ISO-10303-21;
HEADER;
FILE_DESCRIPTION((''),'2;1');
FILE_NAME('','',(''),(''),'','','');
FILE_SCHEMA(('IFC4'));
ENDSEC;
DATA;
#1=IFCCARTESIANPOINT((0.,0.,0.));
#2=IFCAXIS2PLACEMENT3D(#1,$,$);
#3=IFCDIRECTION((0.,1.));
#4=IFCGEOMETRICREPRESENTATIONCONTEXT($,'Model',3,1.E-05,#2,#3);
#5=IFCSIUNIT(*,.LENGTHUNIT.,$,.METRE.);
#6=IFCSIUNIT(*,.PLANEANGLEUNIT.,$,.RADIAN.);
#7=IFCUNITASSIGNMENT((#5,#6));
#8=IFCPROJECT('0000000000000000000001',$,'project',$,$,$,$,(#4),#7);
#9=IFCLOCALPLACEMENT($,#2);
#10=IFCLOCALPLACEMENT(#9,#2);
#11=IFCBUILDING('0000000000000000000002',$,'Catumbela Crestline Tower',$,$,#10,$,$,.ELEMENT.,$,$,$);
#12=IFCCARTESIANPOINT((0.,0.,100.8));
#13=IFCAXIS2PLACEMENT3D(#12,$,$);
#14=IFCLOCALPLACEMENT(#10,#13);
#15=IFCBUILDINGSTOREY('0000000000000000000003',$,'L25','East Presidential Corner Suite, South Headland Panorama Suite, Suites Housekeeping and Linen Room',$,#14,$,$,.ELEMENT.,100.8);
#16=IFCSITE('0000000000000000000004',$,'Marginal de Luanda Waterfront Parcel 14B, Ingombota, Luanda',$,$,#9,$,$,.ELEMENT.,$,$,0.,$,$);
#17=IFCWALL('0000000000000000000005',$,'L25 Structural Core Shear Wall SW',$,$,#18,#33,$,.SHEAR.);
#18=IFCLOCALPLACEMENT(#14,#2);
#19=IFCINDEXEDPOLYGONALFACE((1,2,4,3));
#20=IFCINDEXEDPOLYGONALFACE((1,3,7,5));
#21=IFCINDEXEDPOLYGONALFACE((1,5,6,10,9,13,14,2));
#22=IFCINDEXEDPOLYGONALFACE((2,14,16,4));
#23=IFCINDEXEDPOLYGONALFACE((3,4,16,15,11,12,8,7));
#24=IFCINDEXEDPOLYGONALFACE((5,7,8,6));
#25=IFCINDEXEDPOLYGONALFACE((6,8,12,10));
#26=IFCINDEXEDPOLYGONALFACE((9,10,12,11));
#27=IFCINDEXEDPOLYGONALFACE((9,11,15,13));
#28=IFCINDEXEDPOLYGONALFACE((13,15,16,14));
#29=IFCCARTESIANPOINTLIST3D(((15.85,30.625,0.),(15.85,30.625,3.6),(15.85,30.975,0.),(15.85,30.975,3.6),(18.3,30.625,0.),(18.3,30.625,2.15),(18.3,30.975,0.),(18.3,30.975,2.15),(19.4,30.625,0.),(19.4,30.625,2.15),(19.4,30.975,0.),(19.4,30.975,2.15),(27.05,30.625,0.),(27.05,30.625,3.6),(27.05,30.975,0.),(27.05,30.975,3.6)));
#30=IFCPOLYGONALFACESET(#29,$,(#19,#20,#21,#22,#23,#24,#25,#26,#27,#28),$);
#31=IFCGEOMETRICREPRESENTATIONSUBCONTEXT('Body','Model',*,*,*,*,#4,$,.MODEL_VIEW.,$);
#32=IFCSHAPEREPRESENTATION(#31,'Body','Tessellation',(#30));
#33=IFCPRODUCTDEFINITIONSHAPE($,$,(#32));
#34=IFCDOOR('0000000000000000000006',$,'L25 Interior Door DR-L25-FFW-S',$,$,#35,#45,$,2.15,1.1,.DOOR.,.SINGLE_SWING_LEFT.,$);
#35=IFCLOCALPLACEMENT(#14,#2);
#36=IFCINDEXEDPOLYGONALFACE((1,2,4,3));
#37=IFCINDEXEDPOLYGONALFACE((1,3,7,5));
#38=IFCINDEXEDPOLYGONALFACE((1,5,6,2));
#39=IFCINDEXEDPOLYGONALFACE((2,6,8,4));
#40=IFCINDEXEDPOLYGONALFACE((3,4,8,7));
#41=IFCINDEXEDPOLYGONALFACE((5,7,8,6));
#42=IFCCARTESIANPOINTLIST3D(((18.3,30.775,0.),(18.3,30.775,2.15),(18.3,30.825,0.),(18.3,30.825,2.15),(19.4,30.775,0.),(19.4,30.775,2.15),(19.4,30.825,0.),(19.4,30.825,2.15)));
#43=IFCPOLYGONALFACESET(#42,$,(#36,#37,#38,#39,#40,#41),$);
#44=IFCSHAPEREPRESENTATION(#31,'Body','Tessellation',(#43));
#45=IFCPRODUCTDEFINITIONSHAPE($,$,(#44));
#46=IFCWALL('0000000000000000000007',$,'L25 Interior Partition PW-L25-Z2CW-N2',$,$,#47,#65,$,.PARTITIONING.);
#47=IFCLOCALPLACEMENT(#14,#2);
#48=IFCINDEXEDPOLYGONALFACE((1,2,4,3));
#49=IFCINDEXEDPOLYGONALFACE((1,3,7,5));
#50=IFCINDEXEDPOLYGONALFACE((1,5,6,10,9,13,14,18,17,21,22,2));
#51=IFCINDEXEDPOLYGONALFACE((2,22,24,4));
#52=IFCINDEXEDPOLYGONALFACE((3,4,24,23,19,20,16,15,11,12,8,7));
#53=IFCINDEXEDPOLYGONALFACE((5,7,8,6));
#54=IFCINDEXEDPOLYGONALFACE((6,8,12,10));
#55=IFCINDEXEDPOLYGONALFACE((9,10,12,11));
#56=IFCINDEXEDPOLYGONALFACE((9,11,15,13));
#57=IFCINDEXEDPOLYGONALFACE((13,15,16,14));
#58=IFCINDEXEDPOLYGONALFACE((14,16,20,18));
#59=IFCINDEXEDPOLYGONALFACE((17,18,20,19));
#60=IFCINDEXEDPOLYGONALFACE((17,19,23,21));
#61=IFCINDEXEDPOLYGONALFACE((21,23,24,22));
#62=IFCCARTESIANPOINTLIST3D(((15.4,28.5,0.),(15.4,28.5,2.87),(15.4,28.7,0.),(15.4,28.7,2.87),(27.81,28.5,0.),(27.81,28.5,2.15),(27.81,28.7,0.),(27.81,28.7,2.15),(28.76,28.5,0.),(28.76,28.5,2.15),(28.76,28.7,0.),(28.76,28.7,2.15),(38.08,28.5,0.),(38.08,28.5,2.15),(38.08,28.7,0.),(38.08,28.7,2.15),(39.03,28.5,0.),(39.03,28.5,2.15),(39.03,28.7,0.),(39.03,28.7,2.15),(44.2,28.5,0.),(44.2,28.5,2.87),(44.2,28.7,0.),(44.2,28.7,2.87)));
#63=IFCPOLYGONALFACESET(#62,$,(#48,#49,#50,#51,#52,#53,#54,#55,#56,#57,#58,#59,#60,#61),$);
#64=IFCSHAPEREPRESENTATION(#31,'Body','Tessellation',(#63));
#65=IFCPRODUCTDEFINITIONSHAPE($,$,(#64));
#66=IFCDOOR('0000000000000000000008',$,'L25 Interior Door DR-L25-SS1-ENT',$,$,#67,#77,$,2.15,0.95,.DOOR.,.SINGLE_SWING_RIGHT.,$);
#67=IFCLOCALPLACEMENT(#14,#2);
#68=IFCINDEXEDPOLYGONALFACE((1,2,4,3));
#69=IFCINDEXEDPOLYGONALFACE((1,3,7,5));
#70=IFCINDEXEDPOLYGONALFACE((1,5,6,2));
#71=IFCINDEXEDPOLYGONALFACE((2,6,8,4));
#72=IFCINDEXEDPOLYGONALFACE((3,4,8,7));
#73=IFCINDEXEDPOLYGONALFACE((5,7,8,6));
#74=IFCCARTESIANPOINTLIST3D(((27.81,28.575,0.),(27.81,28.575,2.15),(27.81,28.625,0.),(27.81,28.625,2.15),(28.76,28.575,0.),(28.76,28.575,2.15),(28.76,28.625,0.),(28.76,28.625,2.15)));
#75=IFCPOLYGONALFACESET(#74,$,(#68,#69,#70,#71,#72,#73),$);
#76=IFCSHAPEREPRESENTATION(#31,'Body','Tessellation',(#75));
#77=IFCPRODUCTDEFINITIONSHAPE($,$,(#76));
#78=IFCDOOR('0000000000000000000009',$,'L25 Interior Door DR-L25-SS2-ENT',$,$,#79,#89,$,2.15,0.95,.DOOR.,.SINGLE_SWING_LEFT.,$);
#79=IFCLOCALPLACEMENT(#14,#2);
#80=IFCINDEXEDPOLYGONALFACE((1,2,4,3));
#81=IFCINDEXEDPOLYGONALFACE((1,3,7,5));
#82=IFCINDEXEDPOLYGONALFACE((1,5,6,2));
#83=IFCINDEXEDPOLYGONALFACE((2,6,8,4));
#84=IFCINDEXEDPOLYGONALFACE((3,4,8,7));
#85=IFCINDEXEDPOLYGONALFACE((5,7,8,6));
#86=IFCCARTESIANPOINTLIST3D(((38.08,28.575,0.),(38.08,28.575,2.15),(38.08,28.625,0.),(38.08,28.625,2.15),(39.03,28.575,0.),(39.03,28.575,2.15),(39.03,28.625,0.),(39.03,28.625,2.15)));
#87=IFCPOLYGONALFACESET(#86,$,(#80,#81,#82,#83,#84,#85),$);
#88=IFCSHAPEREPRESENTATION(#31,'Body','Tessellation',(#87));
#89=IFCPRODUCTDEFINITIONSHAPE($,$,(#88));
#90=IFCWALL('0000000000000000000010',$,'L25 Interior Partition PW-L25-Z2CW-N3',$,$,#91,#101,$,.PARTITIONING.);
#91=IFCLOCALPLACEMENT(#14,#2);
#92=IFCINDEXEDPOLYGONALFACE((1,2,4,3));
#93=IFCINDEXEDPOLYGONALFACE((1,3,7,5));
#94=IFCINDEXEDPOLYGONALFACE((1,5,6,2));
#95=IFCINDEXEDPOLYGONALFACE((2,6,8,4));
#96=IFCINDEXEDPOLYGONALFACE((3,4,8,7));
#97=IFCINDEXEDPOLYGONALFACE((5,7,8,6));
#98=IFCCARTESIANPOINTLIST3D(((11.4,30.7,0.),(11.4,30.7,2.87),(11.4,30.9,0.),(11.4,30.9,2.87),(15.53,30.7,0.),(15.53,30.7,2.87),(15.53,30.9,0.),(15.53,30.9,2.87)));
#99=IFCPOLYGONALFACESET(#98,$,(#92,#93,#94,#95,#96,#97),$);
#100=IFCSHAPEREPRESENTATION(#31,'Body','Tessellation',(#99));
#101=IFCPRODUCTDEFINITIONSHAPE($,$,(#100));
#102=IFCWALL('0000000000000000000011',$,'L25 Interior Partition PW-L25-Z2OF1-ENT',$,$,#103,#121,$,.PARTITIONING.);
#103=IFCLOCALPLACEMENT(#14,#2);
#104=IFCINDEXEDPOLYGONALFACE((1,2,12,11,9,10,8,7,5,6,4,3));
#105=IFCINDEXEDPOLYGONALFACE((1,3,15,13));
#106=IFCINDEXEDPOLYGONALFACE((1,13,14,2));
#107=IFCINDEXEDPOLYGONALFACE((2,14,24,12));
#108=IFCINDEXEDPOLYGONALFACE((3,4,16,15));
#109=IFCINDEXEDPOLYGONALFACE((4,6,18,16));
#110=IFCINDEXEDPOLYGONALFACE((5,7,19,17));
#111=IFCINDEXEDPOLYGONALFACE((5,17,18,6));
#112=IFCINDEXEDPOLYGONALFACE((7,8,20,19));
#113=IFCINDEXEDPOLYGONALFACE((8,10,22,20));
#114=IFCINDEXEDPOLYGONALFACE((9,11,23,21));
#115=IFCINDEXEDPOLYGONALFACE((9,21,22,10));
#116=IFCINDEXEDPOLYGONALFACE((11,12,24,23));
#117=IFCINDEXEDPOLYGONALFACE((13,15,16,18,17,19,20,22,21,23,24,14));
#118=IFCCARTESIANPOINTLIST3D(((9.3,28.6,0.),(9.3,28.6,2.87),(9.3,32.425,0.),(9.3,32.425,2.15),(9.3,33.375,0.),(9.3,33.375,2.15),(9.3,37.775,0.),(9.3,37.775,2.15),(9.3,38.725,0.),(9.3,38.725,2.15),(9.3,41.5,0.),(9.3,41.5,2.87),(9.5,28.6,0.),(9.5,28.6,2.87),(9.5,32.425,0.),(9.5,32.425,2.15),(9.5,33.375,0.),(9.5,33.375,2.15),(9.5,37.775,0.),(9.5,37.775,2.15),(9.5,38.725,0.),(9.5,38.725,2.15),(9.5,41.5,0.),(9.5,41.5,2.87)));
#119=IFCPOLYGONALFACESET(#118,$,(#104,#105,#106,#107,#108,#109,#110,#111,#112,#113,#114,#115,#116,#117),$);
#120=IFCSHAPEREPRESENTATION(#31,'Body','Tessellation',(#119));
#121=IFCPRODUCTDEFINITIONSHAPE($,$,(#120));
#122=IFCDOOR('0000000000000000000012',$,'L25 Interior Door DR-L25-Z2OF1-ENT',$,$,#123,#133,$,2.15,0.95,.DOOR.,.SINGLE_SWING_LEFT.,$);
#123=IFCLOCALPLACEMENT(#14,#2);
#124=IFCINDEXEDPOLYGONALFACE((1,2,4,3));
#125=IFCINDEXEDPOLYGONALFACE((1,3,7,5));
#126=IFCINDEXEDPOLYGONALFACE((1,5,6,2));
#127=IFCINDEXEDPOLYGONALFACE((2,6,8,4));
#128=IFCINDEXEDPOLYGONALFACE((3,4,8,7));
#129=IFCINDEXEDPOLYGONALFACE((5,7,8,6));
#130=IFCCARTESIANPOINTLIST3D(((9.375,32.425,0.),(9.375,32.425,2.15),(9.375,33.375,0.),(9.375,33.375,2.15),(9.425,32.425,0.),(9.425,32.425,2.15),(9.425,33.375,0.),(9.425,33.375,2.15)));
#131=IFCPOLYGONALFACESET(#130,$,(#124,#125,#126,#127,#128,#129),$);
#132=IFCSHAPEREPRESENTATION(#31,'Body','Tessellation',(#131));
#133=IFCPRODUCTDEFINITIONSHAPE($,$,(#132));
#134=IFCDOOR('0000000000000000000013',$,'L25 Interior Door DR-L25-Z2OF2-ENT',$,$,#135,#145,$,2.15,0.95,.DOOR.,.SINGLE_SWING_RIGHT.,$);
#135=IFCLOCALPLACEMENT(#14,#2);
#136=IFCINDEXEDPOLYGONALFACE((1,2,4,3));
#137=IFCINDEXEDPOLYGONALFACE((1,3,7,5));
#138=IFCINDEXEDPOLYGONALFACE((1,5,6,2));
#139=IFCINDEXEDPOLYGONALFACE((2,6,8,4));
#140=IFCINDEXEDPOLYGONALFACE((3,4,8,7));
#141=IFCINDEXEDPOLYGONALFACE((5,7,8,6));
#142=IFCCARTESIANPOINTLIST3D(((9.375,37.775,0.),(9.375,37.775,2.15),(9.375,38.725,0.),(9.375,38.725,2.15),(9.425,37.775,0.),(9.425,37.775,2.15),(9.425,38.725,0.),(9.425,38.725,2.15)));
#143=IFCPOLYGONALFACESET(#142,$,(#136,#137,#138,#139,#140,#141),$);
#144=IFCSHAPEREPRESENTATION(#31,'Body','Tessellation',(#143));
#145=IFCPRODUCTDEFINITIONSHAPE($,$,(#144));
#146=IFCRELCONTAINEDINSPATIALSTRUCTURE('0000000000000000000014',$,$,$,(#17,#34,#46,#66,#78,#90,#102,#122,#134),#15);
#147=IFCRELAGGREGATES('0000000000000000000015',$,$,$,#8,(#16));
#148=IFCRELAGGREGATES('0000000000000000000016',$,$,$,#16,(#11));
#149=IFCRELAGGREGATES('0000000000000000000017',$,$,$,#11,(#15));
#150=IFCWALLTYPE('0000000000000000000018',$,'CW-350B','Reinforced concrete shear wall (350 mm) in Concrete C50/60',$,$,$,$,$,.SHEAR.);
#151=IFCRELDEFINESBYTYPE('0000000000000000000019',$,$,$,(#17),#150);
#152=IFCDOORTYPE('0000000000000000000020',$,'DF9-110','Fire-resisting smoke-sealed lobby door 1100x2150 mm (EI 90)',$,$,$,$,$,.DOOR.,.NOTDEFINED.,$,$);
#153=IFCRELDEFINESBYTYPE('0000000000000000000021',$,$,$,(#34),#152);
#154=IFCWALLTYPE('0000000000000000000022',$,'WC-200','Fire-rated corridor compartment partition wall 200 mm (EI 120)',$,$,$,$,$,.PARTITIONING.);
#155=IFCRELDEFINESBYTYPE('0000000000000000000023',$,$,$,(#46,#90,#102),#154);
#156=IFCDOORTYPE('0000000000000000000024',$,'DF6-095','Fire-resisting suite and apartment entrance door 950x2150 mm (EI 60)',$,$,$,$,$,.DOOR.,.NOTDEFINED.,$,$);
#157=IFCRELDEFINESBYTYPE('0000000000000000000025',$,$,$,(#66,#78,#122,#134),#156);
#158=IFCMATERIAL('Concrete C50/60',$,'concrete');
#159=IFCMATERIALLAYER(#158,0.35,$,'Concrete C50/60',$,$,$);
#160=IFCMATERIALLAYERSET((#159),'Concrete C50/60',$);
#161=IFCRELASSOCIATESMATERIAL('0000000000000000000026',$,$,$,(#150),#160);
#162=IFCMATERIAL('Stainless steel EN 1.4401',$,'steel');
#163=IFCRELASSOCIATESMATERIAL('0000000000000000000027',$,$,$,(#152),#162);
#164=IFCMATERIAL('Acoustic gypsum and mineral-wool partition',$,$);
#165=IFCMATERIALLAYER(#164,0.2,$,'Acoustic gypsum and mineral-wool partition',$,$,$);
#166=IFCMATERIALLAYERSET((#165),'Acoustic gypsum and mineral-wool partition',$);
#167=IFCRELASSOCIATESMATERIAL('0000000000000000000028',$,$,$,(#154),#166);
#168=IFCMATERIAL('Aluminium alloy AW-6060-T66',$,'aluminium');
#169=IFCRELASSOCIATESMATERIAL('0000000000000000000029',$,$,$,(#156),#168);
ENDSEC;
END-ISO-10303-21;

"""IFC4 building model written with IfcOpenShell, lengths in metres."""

from ifc_helpers import new_model, si_unit, direction, frame, frame_2d, origin, place, context, subcontext, project, spatial, rectangle, extrude, material, layer, layer_set, type_object, element, fill, save


model = new_model("IFC4")

# Units and contexts
model_context = context("Model", 3, precision=1e-05, world=origin(), true_north=direction((0.0, 1.0)))
body_context = subcontext(model_context, "Body", "Model", "MODEL_VIEW")
ifc_project = project(units=[si_unit("LENGTHUNIT", "METRE"), si_unit("PLANEANGLEUNIT", "RADIAN")], contexts=[model_context])

# Site, building, storey
site_placement = place(None, origin())
site = spatial("IfcSite", under=ifc_project, at=site_placement, Name="Marginal de Luanda Waterfront Parcel 14B, Ingombota, Luanda", CompositionType="ELEMENT", RefElevation=0.0)
building_placement = place(site_placement, origin())
building = spatial("IfcBuilding", under=site, at=building_placement, Name="Catumbela Crestline Tower", CompositionType="ELEMENT")
storey_placement = place(building_placement, frame((0.0, 0.0, 100.8)))
storey = spatial("IfcBuildingStorey", under=building, at=storey_placement, Name="L25", Description="East Presidential Corner Suite, South Headland Panorama Suite, Suites Housekeeping and Linen Room", CompositionType="ELEMENT", Elevation=100.8)

# Shared definitions
ifc_material_1 = material(Name="Concrete C50/60", Category="concrete")

# Shared definitions
ifc_material_2 = material(Name="Stainless steel EN 1.4401", Category="steel")

# Shared definitions
ifc_layer_1 = layer(ifc_material_1, 0.35, Name="Concrete C50/60")
ifc_layer_set_1 = layer_set([ifc_layer_1], Name="Concrete C50/60")
wall_type_1 = type_object("IfcWallType", Name="CW-350B", Description="Reinforced concrete shear wall (350 mm) in Concrete C50/60", PredefinedType="SHEAR", material=ifc_layer_set_1)

# Wall, opening, door
wall_1_placement = place(storey_placement, frame((15.85, 30.8, 0.0), z_axis=(0.0, 0.0, 1.0), x_axis=(1.0, 0.0, 0.0)))
wall_1 = element("IfcWall", 1, at=wall_1_placement, inside=storey, type_object=wall_type_1, Name="L25 Structural Core Shear Wall SW", PredefinedType="SHEAR", context=body_context, shape_type="SweptSolid", body=[
    extrude(rectangle(XDim=11.2, YDim=0.35, at=frame_2d((5.6, 0.0))), origin(), (0.0, 0.0, 1.0), 3.6),
])
opening_1_placement = place(wall_1_placement, frame((2.45, 0.0, 0.0)))
opening_1 = element("IfcOpeningElement", 2, at=opening_1_placement, cuts=wall_1, PredefinedType="OPENING", context=body_context, shape_type="SweptSolid", body=[
    extrude(rectangle(XDim=1.1, YDim=2.15, at=frame_2d((0.55, 1.075))), frame((0.0, 0.185, 0.0), z_axis=(0.0, -1.0, 0.0), x_axis=(1.0, 0.0, 0.0)), (0.0, 0.0, 1.0), 0.37),
])
door_type_1 = type_object("IfcDoorType", Name="DF9-110", Description="Fire-resisting smoke-sealed lobby door 1100x2150 mm (EI 90)", OperationType="NOTDEFINED", PredefinedType="DOOR", material=ifc_material_2)
door_1_placement = place(opening_1_placement, origin())
door_1 = element("IfcDoor", 3, at=door_1_placement, inside=storey, type_object=door_type_1, Name="L25 Interior Door DR-L25-FFW-S", OperationType="SINGLE_SWING_LEFT", OverallHeight=2.15, OverallWidth=1.1, PredefinedType="DOOR", context=body_context, shape_type="SweptSolid", body=[
    extrude(rectangle(XDim=1.1, YDim=2.15, at=frame_2d((0.55, 1.075))), frame((0.0, 0.025, 0.0), z_axis=(0.0, -1.0, 0.0), x_axis=(1.0, 0.0, 0.0)), (0.0, 0.0, 1.0), 0.05),
])
fill(opening_1, door_1)

# Wall, openings, doors
ifc_material_3 = material(Name="Acoustic gypsum and mineral-wool partition")
ifc_layer_2 = layer(ifc_material_3, 0.2, Name="Acoustic gypsum and mineral-wool partition")
ifc_layer_set_2 = layer_set([ifc_layer_2], Name="Acoustic gypsum and mineral-wool partition")
wall_type_2 = type_object("IfcWallType", Name="WC-200", Description="Fire-rated corridor compartment partition wall 200 mm (EI 120)", PredefinedType="PARTITIONING", material=ifc_layer_set_2)
wall_2_placement = place(storey_placement, frame((15.4, 28.6, 0.0), z_axis=(0.0, 0.0, 1.0), x_axis=(1.0, 0.0, 0.0)))
wall_2 = element("IfcWall", 4, at=wall_2_placement, inside=storey, type_object=wall_type_2, Name="L25 Interior Partition PW-L25-Z2CW-N2", PredefinedType="PARTITIONING", context=body_context, shape_type="SweptSolid", body=[
    extrude(rectangle(XDim=28.8, YDim=0.2, at=frame_2d((14.4, 0.0))), origin(), (0.0, 0.0, 1.0), 2.87),
])
opening_2_placement = place(wall_2_placement, frame((12.41, 0.0, 0.0)))
opening_2 = element("IfcOpeningElement", 5, at=opening_2_placement, cuts=wall_2, PredefinedType="OPENING", context=body_context, shape_type="SweptSolid", body=[
    extrude(rectangle(XDim=0.95, YDim=2.15, at=frame_2d((0.475, 1.075))), frame((0.0, 0.11, 0.0), z_axis=(0.0, -1.0, 0.0), x_axis=(1.0, 0.0, 0.0)), (0.0, 0.0, 1.0), 0.22),
])
opening_3_placement = place(wall_2_placement, frame((22.68, 0.0, 0.0)))
opening_3 = element("IfcOpeningElement", 6, at=opening_3_placement, cuts=wall_2, PredefinedType="OPENING", context=body_context, shape_type="SweptSolid", body=[
    extrude(rectangle(XDim=0.95, YDim=2.15, at=frame_2d((0.475, 1.075))), frame((0.0, 0.11, 0.0), z_axis=(0.0, -1.0, 0.0), x_axis=(1.0, 0.0, 0.0)), (0.0, 0.0, 1.0), 0.22),
])
ifc_material_4 = material(Name="Aluminium alloy AW-6060-T66", Category="aluminium")
door_type_2 = type_object("IfcDoorType", Name="DF6-095", Description="Fire-resisting suite and apartment entrance door 950x2150 mm (EI 60)", OperationType="NOTDEFINED", PredefinedType="DOOR", material=ifc_material_4)
door_2_placement = place(opening_2_placement, origin())
door_2 = element("IfcDoor", 7, at=door_2_placement, inside=storey, type_object=door_type_2, Name="L25 Interior Door DR-L25-SS1-ENT", OperationType="SINGLE_SWING_RIGHT", OverallHeight=2.15, OverallWidth=0.95, PredefinedType="DOOR", context=body_context, shape_type="SweptSolid", body=[
    extrude(rectangle(XDim=0.95, YDim=2.15, at=frame_2d((0.475, 1.075))), frame((0.0, 0.025, 0.0), z_axis=(0.0, -1.0, 0.0), x_axis=(1.0, 0.0, 0.0)), (0.0, 0.0, 1.0), 0.05),
])
fill(opening_2, door_2)
door_3_placement = place(opening_3_placement, origin())
door_3 = element("IfcDoor", 8, at=door_3_placement, inside=storey, type_object=door_type_2, Name="L25 Interior Door DR-L25-SS2-ENT", OperationType="SINGLE_SWING_LEFT", OverallHeight=2.15, OverallWidth=0.95, PredefinedType="DOOR", context=body_context, shape_type="SweptSolid", body=[
    extrude(rectangle(XDim=0.95, YDim=2.15, at=frame_2d((0.475, 1.075))), frame((0.0, 0.025, 0.0), z_axis=(0.0, -1.0, 0.0), x_axis=(1.0, 0.0, 0.0)), (0.0, 0.0, 1.0), 0.05),
])
fill(opening_3, door_3)

# Wall
wall_3_placement = place(storey_placement, frame((11.4, 30.8, 0.0), z_axis=(0.0, 0.0, 1.0), x_axis=(1.0, 0.0, 0.0)))
element("IfcWall", 9, at=wall_3_placement, inside=storey, type_object=wall_type_2, Name="L25 Interior Partition PW-L25-Z2CW-N3", PredefinedType="PARTITIONING", context=body_context, shape_type="SweptSolid", body=[
    extrude(rectangle(XDim=4.13, YDim=0.2, at=frame_2d((2.065, 0.0))), origin(), (0.0, 0.0, 1.0), 2.87),
])

# Wall, openings, doors
wall_4_placement = place(storey_placement, frame((9.4, 28.6, 0.0), z_axis=(0.0, 0.0, 1.0), x_axis=(0.0, 1.0, 0.0)))
wall_4 = element("IfcWall", 10, at=wall_4_placement, inside=storey, type_object=wall_type_2, Name="L25 Interior Partition PW-L25-Z2OF1-ENT", PredefinedType="PARTITIONING", context=body_context, shape_type="SweptSolid", body=[
    extrude(rectangle(XDim=12.9, YDim=0.2, at=frame_2d((6.45, 0.0))), origin(), (0.0, 0.0, 1.0), 2.87),
])
opening_4_placement = place(wall_4_placement, frame((3.825, 0.0, 0.0)))
opening_4 = element("IfcOpeningElement", 11, at=opening_4_placement, cuts=wall_4, PredefinedType="OPENING", context=body_context, shape_type="SweptSolid", body=[
    extrude(rectangle(XDim=0.95, YDim=2.15, at=frame_2d((0.475, 1.075))), frame((0.0, 0.11, 0.0), z_axis=(0.0, -1.0, 0.0), x_axis=(1.0, 0.0, 0.0)), (0.0, 0.0, 1.0), 0.22),
])
opening_5_placement = place(wall_4_placement, frame((9.175, 0.0, 0.0)))
opening_5 = element("IfcOpeningElement", 12, at=opening_5_placement, cuts=wall_4, PredefinedType="OPENING", context=body_context, shape_type="SweptSolid", body=[
    extrude(rectangle(XDim=0.95, YDim=2.15, at=frame_2d((0.475, 1.075))), frame((0.0, 0.11, 0.0), z_axis=(0.0, -1.0, 0.0), x_axis=(1.0, 0.0, 0.0)), (0.0, 0.0, 1.0), 0.22),
])
door_4_placement = place(opening_4_placement, origin())
door_4 = element("IfcDoor", 13, at=door_4_placement, inside=storey, type_object=door_type_2, Name="L25 Interior Door DR-L25-Z2OF1-ENT", OperationType="SINGLE_SWING_LEFT", OverallHeight=2.15, OverallWidth=0.95, PredefinedType="DOOR", context=body_context, shape_type="SweptSolid", body=[
    extrude(rectangle(XDim=0.95, YDim=2.15, at=frame_2d((0.475, 1.075))), frame((0.0, 0.025, 0.0), z_axis=(0.0, -1.0, 0.0), x_axis=(1.0, 0.0, 0.0)), (0.0, 0.0, 1.0), 0.05),
])
fill(opening_4, door_4)
door_5_placement = place(opening_5_placement, origin())
door_5 = element("IfcDoor", 14, at=door_5_placement, inside=storey, type_object=door_type_2, Name="L25 Interior Door DR-L25-Z2OF2-ENT", OperationType="SINGLE_SWING_RIGHT", OverallHeight=2.15, OverallWidth=0.95, PredefinedType="DOOR", context=body_context, shape_type="SweptSolid", body=[
    extrude(rectangle(XDim=0.95, YDim=2.15, at=frame_2d((0.475, 1.075))), frame((0.0, 0.025, 0.0), z_axis=(0.0, -1.0, 0.0), x_axis=(1.0, 0.0, 0.0)), (0.0, 0.0, 1.0), 0.05),
])
fill(opening_5, door_5)

save(model, "model.ifc")
